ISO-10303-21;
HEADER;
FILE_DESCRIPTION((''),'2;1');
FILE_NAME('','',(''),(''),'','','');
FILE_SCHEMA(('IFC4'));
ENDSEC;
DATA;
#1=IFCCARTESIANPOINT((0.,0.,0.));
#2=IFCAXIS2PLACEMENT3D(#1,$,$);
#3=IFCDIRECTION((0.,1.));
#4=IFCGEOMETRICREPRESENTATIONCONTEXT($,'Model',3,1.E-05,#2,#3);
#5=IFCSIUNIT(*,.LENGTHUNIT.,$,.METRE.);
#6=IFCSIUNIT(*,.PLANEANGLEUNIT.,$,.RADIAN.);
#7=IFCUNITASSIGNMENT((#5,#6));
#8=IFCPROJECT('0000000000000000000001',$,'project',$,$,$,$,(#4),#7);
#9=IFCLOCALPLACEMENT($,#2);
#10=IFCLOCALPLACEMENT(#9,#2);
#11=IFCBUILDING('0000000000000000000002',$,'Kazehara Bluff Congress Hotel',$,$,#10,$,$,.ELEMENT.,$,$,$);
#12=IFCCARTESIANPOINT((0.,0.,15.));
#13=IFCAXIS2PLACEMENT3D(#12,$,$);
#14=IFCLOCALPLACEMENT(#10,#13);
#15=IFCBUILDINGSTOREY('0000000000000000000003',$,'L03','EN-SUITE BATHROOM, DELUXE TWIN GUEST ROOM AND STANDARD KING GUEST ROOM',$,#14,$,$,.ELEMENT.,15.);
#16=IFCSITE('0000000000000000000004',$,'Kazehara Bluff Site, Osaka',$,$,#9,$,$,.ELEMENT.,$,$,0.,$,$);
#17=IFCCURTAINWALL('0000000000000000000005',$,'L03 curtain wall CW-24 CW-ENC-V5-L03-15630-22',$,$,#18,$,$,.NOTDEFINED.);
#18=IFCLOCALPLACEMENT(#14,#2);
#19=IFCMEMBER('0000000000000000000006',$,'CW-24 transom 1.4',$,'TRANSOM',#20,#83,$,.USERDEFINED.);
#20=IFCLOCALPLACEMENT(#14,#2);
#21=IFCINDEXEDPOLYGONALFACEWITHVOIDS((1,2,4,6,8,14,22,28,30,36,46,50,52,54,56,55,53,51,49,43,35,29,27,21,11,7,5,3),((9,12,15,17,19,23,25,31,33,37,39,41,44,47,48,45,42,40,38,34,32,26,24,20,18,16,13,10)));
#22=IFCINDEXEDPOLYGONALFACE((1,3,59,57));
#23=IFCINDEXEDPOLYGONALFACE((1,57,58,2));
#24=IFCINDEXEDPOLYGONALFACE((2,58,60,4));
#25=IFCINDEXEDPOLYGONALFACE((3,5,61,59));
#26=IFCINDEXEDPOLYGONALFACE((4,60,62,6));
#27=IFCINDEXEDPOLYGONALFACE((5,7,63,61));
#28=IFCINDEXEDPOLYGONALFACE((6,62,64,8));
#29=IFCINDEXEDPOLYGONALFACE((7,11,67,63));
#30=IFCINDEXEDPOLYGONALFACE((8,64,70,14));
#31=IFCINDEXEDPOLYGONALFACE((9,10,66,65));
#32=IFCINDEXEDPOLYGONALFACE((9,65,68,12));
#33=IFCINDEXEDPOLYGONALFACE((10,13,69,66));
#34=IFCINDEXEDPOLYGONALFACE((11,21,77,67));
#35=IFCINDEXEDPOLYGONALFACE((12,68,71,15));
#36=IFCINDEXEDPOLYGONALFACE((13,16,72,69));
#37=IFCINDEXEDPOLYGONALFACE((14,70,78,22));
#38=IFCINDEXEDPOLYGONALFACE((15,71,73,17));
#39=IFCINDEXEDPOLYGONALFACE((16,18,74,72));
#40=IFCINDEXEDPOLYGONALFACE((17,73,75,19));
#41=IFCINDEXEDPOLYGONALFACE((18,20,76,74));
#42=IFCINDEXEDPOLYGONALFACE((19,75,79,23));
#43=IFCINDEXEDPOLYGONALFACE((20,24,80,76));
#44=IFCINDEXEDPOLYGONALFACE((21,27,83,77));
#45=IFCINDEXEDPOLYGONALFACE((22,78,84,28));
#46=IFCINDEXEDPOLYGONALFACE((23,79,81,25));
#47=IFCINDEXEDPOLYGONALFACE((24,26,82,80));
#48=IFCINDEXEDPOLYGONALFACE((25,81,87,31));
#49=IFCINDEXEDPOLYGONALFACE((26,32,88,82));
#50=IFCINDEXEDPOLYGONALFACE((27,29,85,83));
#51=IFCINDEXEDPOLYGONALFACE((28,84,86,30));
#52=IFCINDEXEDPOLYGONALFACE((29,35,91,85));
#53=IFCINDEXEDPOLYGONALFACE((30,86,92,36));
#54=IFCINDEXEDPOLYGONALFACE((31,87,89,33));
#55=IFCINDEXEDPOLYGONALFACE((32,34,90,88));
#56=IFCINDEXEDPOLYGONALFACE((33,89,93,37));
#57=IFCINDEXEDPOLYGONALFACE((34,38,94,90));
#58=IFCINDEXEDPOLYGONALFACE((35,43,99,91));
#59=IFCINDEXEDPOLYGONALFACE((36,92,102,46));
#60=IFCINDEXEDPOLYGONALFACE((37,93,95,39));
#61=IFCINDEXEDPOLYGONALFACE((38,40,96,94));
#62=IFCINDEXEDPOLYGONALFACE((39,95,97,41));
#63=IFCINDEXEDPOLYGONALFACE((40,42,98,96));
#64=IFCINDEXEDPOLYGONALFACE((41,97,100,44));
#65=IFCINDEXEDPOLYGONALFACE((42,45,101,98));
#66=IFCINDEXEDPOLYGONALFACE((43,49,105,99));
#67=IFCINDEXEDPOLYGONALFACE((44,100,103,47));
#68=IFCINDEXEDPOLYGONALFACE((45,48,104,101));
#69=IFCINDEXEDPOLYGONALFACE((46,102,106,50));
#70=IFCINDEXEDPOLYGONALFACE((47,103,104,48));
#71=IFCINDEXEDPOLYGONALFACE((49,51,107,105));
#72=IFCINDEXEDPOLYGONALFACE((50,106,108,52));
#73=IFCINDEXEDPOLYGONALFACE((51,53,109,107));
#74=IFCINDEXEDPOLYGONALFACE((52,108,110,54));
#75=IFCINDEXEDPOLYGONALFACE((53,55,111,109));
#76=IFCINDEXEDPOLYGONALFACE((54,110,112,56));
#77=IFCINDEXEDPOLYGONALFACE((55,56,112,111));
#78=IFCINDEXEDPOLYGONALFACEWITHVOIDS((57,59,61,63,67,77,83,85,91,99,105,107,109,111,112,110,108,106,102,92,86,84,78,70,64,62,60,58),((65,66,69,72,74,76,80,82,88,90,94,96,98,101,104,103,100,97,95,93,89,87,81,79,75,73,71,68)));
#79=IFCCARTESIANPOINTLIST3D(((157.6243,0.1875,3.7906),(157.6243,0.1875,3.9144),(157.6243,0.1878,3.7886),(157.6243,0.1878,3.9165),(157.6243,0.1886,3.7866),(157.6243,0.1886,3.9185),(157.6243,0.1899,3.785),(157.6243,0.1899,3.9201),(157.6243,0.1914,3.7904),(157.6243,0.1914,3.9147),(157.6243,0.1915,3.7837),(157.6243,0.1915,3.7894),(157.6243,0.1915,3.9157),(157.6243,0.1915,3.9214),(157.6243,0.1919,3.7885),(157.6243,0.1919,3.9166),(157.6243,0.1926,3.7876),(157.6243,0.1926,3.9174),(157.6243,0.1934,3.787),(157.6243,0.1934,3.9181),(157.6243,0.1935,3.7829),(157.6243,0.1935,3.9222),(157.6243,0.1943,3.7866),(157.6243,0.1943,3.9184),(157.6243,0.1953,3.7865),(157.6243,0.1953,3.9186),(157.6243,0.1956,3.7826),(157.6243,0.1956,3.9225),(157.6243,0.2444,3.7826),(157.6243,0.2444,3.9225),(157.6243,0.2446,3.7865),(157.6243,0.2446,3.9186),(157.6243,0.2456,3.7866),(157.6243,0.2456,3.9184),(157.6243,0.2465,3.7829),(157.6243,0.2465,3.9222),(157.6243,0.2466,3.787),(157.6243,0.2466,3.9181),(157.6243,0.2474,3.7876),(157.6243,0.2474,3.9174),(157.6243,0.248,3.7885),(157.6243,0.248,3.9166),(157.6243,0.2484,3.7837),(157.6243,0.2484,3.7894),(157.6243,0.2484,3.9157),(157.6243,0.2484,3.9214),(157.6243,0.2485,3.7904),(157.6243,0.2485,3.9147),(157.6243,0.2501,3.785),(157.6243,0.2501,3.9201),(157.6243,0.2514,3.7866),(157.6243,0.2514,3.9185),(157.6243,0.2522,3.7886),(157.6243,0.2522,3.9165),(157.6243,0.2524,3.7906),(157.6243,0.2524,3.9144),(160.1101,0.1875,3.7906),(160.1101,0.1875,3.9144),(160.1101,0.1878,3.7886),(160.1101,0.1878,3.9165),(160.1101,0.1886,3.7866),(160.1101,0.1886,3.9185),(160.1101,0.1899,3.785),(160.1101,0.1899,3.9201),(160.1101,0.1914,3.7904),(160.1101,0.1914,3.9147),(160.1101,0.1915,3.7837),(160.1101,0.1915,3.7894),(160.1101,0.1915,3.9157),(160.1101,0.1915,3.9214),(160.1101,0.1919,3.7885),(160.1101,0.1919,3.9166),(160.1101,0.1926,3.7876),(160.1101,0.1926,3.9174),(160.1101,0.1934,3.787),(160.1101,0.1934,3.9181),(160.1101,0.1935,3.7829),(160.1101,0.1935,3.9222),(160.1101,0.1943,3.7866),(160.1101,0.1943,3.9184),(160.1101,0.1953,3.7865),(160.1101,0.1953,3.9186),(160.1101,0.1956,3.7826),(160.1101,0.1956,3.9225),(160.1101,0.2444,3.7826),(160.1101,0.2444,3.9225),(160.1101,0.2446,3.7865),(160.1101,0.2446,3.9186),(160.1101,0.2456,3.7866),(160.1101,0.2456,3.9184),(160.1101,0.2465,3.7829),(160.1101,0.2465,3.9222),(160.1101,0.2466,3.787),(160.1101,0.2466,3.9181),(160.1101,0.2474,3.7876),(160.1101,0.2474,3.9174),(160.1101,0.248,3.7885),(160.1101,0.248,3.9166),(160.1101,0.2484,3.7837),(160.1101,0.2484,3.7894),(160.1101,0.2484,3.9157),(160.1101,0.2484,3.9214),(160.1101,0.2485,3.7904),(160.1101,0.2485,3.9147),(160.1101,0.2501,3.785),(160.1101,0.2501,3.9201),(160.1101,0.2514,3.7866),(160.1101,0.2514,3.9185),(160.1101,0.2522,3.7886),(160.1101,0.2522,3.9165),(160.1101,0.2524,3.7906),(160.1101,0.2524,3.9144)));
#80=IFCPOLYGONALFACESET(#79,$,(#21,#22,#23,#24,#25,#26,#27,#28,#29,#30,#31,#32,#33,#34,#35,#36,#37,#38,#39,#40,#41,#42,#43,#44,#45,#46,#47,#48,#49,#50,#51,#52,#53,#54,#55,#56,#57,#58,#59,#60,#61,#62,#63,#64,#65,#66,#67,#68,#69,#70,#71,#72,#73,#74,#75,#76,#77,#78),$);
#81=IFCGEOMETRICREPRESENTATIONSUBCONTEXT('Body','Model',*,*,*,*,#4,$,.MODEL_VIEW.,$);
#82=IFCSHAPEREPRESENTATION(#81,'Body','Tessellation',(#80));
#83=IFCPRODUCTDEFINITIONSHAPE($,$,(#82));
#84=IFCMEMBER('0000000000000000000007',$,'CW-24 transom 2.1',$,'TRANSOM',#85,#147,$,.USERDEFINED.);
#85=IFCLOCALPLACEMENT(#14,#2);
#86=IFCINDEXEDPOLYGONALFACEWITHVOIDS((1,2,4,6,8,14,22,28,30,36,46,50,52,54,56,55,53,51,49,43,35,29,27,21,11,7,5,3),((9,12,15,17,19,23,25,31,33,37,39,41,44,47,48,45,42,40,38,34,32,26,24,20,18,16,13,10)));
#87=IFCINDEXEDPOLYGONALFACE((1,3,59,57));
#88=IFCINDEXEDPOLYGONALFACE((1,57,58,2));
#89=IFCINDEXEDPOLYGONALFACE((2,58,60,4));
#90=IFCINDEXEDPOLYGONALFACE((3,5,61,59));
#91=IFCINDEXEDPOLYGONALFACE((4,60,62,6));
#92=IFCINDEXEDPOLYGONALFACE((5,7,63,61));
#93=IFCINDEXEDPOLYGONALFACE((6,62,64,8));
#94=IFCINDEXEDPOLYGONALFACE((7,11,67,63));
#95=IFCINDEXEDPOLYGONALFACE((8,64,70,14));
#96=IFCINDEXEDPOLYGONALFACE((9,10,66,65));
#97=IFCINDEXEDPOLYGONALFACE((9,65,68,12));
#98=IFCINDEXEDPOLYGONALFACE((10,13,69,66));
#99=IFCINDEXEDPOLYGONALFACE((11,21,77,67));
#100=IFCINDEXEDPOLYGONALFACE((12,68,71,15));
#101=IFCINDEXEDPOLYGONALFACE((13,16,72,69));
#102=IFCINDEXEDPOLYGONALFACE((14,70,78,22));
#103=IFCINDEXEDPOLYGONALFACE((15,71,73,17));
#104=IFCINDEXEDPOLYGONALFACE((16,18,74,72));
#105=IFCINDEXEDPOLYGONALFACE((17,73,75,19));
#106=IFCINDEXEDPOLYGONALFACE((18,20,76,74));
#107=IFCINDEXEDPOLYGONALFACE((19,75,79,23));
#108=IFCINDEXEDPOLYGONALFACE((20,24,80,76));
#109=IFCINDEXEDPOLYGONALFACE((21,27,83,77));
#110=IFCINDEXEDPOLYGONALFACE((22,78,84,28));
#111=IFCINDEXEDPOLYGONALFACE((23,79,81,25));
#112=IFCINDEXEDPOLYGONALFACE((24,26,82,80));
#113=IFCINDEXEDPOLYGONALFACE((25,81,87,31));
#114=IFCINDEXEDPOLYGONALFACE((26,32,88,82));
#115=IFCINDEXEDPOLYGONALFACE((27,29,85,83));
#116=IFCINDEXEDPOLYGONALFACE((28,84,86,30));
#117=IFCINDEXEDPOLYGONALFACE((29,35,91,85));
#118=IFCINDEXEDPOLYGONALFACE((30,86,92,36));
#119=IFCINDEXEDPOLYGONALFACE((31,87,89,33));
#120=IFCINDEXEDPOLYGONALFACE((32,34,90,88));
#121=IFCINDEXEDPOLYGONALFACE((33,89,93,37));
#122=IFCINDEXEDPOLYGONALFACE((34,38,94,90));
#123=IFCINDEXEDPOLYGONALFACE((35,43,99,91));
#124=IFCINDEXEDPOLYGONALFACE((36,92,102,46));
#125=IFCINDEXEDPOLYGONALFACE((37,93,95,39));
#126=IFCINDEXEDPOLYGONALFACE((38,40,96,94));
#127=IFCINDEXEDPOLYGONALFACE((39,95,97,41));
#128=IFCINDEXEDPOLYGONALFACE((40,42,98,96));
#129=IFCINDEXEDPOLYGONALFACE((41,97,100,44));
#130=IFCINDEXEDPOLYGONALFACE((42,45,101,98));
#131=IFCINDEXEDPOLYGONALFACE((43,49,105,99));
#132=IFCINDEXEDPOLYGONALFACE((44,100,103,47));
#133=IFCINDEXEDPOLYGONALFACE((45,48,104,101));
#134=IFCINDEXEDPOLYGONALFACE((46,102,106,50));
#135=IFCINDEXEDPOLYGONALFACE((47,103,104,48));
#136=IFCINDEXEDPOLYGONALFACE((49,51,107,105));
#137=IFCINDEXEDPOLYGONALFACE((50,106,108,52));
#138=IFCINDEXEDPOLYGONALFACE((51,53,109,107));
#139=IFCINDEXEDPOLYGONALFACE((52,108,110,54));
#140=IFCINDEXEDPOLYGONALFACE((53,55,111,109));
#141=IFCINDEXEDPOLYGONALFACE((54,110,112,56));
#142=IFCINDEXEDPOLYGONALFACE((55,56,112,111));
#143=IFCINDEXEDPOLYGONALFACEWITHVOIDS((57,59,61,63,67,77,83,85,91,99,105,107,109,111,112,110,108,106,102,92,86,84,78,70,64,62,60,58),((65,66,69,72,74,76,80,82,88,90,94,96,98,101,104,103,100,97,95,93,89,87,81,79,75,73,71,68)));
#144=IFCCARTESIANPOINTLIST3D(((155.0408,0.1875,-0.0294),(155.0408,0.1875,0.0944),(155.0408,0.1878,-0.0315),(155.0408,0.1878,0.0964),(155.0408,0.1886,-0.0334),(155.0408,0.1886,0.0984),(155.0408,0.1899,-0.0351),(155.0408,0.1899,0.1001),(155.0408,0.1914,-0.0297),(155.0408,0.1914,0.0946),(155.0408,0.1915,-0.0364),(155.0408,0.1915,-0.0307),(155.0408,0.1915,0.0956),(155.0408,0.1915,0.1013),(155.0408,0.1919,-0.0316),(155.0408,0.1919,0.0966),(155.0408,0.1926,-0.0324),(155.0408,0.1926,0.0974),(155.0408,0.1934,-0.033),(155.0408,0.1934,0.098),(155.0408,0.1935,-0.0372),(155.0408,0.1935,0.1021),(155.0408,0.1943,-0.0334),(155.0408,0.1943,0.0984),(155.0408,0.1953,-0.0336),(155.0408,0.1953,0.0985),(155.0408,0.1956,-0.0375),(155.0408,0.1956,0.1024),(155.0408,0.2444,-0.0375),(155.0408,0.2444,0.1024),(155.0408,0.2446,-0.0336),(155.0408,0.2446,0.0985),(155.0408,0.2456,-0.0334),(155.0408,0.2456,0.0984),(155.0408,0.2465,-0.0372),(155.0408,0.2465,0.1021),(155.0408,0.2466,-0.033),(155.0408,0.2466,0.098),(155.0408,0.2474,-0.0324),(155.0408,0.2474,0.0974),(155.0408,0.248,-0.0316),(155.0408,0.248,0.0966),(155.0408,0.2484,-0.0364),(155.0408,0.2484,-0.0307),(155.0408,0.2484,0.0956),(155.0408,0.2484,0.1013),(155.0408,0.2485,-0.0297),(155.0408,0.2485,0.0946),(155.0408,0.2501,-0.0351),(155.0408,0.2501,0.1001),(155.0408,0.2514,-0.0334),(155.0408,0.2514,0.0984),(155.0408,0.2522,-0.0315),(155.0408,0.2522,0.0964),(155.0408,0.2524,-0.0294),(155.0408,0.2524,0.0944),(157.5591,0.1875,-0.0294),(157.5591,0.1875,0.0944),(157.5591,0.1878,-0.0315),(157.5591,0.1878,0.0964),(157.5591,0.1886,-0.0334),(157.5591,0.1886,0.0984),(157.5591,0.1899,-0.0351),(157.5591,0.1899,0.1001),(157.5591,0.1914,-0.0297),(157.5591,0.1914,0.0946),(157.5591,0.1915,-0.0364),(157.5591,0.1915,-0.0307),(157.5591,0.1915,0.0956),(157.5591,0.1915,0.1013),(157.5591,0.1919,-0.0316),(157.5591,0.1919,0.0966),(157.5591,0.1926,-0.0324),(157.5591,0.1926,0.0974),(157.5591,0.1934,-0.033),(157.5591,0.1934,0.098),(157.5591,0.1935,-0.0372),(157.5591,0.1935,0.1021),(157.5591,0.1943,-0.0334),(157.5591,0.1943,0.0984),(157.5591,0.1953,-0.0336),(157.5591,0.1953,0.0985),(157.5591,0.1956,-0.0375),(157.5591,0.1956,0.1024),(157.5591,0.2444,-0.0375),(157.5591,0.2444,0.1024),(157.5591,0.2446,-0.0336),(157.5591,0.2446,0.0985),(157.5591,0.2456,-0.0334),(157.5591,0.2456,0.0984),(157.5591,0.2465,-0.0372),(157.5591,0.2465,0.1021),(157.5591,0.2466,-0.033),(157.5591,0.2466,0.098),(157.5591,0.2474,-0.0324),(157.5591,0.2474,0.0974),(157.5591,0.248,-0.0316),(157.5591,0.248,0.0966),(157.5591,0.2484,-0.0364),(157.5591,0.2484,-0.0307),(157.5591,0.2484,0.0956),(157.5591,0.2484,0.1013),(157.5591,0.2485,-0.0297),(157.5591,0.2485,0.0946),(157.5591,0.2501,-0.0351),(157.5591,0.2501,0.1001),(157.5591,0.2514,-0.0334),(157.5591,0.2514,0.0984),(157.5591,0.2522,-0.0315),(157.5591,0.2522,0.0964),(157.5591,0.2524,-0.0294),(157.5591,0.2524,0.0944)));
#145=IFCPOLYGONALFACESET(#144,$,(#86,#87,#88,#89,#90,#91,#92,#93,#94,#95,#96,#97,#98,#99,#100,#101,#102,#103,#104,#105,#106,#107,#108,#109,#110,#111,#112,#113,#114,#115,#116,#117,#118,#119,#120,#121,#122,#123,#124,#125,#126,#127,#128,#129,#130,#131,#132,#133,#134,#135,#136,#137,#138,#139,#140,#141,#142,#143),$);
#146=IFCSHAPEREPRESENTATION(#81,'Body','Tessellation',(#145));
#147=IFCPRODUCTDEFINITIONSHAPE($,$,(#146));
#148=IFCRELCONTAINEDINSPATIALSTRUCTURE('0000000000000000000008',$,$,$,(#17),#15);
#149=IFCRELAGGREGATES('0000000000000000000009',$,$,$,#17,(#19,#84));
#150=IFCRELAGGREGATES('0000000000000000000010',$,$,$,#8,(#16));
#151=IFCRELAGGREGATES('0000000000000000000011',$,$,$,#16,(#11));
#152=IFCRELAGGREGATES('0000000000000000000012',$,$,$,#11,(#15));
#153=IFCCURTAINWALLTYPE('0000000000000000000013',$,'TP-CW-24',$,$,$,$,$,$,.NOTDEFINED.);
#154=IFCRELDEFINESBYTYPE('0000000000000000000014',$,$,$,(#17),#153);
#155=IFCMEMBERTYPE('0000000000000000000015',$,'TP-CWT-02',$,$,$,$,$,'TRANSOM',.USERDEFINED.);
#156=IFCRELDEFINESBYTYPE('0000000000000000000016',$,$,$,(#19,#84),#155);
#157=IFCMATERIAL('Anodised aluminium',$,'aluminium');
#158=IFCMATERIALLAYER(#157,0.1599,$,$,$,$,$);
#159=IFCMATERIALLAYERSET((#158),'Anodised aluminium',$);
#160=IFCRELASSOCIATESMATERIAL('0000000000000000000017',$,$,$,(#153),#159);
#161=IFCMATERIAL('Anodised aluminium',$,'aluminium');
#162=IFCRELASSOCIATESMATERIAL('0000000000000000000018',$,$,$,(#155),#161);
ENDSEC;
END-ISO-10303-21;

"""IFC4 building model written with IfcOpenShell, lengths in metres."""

from ifc_helpers import new_model, si_unit, direction, frame, origin, origin_2d, place, context, subcontext, project, spatial, hollow_rectangle, extrude, material, layer, layer_set, material_profile, profile_set, type_object, element, aggregate, save


model = new_model("IFC4")

# Units and contexts
model_context = context("Model", 3, precision=1e-05, world=origin(), true_north=direction((0.0, 1.0)))
body_context = subcontext(model_context, "Body", "Model", "MODEL_VIEW")
ifc_project = project(units=[si_unit("LENGTHUNIT", "METRE"), si_unit("PLANEANGLEUNIT", "RADIAN")], contexts=[model_context])

# Site, building, storey
site_placement = place(None, origin())
site = spatial("IfcSite", under=ifc_project, at=site_placement, Name="Kazehara Bluff Site, Osaka", CompositionType="ELEMENT", RefElevation=0.0)
building_placement = place(site_placement, origin())
building = spatial("IfcBuilding", under=site, at=building_placement, Name="Kazehara Bluff Congress Hotel", CompositionType="ELEMENT")
storey_placement = place(building_placement, frame((0.0, 0.0, 15.0)))
storey = spatial("IfcBuildingStorey", under=building, at=storey_placement, Name="L03", Description="EN-SUITE BATHROOM, DELUXE TWIN GUEST ROOM AND STANDARD KING GUEST ROOM", CompositionType="ELEMENT", Elevation=15.0)

# Curtain wall
ifc_material_1 = material(Name="Anodised aluminium", Category="aluminium")
ifc_layer_1 = layer(ifc_material_1, 0.1599)
ifc_layer_set_1 = layer_set([ifc_layer_1], Name="Anodised aluminium")
curtain_wall_type_1 = type_object("IfcCurtainWallType", Name="TP-CW-24", PredefinedType="NOTDEFINED", material=ifc_layer_set_1)
curtain_wall_1_placement = place(storey_placement, origin())
curtain_wall_1 = element("IfcCurtainWall", 1, at=curtain_wall_1_placement, inside=storey, type_object=curtain_wall_type_1, Name="L03 curtain wall CW-24 CW-ENC-V5-L03-15630-22", PredefinedType="NOTDEFINED")

# Members
ifc_material_2 = material(Name="Anodised aluminium", Category="aluminium")
ifc_material_profile_1 = material_profile(ifc_material_2, hollow_rectangle(XDim=0.0649, YDim=0.1399, WallThickness=0.0039, InnerFilletRadius=0.0039, OuterFilletRadius=0.0081, at=origin_2d()))
ifc_profile_set_1 = profile_set([ifc_material_profile_1], Name="Anodised aluminium")
member_type_1 = type_object("IfcMemberType", Name="TP-CWT-02", ElementType="TRANSOM", PredefinedType="USERDEFINED", material=ifc_profile_set_1)
member_1_placement = place(storey_placement, frame((160.1101, 0.22, 3.8525), z_axis=(-1.0, 0.0, 0.0), x_axis=(0.0, -1.0, 0.0)))
member_1 = element("IfcMember", 2, at=member_1_placement, type_object=member_type_1, Name="CW-24 transom 1.4", ObjectType="TRANSOM", PredefinedType="USERDEFINED", context=body_context, shape_type="SweptSolid", body=[
    extrude(hollow_rectangle(XDim=0.0649, YDim=0.1399, WallThickness=0.0039, InnerFilletRadius=0.0039, OuterFilletRadius=0.0081, at=origin_2d()), origin(), (0.0, 0.0, 1.0), 2.4858),
])
member_2_placement = place(storey_placement, frame((157.5591, 0.22, 0.0325), z_axis=(-1.0, 0.0, 0.0), x_axis=(0.0, -1.0, 0.0)))
member_2 = element("IfcMember", 3, at=member_2_placement, type_object=member_type_1, Name="CW-24 transom 2.1", ObjectType="TRANSOM", PredefinedType="USERDEFINED", context=body_context, shape_type="SweptSolid", body=[
    extrude(hollow_rectangle(XDim=0.0649, YDim=0.1399, WallThickness=0.0039, InnerFilletRadius=0.0039, OuterFilletRadius=0.0081, at=origin_2d()), origin(), (0.0, 0.0, 1.0), 2.5183),
])

aggregate(curtain_wall_1, [member_1, member_2])

save(model, "model.ifc")
